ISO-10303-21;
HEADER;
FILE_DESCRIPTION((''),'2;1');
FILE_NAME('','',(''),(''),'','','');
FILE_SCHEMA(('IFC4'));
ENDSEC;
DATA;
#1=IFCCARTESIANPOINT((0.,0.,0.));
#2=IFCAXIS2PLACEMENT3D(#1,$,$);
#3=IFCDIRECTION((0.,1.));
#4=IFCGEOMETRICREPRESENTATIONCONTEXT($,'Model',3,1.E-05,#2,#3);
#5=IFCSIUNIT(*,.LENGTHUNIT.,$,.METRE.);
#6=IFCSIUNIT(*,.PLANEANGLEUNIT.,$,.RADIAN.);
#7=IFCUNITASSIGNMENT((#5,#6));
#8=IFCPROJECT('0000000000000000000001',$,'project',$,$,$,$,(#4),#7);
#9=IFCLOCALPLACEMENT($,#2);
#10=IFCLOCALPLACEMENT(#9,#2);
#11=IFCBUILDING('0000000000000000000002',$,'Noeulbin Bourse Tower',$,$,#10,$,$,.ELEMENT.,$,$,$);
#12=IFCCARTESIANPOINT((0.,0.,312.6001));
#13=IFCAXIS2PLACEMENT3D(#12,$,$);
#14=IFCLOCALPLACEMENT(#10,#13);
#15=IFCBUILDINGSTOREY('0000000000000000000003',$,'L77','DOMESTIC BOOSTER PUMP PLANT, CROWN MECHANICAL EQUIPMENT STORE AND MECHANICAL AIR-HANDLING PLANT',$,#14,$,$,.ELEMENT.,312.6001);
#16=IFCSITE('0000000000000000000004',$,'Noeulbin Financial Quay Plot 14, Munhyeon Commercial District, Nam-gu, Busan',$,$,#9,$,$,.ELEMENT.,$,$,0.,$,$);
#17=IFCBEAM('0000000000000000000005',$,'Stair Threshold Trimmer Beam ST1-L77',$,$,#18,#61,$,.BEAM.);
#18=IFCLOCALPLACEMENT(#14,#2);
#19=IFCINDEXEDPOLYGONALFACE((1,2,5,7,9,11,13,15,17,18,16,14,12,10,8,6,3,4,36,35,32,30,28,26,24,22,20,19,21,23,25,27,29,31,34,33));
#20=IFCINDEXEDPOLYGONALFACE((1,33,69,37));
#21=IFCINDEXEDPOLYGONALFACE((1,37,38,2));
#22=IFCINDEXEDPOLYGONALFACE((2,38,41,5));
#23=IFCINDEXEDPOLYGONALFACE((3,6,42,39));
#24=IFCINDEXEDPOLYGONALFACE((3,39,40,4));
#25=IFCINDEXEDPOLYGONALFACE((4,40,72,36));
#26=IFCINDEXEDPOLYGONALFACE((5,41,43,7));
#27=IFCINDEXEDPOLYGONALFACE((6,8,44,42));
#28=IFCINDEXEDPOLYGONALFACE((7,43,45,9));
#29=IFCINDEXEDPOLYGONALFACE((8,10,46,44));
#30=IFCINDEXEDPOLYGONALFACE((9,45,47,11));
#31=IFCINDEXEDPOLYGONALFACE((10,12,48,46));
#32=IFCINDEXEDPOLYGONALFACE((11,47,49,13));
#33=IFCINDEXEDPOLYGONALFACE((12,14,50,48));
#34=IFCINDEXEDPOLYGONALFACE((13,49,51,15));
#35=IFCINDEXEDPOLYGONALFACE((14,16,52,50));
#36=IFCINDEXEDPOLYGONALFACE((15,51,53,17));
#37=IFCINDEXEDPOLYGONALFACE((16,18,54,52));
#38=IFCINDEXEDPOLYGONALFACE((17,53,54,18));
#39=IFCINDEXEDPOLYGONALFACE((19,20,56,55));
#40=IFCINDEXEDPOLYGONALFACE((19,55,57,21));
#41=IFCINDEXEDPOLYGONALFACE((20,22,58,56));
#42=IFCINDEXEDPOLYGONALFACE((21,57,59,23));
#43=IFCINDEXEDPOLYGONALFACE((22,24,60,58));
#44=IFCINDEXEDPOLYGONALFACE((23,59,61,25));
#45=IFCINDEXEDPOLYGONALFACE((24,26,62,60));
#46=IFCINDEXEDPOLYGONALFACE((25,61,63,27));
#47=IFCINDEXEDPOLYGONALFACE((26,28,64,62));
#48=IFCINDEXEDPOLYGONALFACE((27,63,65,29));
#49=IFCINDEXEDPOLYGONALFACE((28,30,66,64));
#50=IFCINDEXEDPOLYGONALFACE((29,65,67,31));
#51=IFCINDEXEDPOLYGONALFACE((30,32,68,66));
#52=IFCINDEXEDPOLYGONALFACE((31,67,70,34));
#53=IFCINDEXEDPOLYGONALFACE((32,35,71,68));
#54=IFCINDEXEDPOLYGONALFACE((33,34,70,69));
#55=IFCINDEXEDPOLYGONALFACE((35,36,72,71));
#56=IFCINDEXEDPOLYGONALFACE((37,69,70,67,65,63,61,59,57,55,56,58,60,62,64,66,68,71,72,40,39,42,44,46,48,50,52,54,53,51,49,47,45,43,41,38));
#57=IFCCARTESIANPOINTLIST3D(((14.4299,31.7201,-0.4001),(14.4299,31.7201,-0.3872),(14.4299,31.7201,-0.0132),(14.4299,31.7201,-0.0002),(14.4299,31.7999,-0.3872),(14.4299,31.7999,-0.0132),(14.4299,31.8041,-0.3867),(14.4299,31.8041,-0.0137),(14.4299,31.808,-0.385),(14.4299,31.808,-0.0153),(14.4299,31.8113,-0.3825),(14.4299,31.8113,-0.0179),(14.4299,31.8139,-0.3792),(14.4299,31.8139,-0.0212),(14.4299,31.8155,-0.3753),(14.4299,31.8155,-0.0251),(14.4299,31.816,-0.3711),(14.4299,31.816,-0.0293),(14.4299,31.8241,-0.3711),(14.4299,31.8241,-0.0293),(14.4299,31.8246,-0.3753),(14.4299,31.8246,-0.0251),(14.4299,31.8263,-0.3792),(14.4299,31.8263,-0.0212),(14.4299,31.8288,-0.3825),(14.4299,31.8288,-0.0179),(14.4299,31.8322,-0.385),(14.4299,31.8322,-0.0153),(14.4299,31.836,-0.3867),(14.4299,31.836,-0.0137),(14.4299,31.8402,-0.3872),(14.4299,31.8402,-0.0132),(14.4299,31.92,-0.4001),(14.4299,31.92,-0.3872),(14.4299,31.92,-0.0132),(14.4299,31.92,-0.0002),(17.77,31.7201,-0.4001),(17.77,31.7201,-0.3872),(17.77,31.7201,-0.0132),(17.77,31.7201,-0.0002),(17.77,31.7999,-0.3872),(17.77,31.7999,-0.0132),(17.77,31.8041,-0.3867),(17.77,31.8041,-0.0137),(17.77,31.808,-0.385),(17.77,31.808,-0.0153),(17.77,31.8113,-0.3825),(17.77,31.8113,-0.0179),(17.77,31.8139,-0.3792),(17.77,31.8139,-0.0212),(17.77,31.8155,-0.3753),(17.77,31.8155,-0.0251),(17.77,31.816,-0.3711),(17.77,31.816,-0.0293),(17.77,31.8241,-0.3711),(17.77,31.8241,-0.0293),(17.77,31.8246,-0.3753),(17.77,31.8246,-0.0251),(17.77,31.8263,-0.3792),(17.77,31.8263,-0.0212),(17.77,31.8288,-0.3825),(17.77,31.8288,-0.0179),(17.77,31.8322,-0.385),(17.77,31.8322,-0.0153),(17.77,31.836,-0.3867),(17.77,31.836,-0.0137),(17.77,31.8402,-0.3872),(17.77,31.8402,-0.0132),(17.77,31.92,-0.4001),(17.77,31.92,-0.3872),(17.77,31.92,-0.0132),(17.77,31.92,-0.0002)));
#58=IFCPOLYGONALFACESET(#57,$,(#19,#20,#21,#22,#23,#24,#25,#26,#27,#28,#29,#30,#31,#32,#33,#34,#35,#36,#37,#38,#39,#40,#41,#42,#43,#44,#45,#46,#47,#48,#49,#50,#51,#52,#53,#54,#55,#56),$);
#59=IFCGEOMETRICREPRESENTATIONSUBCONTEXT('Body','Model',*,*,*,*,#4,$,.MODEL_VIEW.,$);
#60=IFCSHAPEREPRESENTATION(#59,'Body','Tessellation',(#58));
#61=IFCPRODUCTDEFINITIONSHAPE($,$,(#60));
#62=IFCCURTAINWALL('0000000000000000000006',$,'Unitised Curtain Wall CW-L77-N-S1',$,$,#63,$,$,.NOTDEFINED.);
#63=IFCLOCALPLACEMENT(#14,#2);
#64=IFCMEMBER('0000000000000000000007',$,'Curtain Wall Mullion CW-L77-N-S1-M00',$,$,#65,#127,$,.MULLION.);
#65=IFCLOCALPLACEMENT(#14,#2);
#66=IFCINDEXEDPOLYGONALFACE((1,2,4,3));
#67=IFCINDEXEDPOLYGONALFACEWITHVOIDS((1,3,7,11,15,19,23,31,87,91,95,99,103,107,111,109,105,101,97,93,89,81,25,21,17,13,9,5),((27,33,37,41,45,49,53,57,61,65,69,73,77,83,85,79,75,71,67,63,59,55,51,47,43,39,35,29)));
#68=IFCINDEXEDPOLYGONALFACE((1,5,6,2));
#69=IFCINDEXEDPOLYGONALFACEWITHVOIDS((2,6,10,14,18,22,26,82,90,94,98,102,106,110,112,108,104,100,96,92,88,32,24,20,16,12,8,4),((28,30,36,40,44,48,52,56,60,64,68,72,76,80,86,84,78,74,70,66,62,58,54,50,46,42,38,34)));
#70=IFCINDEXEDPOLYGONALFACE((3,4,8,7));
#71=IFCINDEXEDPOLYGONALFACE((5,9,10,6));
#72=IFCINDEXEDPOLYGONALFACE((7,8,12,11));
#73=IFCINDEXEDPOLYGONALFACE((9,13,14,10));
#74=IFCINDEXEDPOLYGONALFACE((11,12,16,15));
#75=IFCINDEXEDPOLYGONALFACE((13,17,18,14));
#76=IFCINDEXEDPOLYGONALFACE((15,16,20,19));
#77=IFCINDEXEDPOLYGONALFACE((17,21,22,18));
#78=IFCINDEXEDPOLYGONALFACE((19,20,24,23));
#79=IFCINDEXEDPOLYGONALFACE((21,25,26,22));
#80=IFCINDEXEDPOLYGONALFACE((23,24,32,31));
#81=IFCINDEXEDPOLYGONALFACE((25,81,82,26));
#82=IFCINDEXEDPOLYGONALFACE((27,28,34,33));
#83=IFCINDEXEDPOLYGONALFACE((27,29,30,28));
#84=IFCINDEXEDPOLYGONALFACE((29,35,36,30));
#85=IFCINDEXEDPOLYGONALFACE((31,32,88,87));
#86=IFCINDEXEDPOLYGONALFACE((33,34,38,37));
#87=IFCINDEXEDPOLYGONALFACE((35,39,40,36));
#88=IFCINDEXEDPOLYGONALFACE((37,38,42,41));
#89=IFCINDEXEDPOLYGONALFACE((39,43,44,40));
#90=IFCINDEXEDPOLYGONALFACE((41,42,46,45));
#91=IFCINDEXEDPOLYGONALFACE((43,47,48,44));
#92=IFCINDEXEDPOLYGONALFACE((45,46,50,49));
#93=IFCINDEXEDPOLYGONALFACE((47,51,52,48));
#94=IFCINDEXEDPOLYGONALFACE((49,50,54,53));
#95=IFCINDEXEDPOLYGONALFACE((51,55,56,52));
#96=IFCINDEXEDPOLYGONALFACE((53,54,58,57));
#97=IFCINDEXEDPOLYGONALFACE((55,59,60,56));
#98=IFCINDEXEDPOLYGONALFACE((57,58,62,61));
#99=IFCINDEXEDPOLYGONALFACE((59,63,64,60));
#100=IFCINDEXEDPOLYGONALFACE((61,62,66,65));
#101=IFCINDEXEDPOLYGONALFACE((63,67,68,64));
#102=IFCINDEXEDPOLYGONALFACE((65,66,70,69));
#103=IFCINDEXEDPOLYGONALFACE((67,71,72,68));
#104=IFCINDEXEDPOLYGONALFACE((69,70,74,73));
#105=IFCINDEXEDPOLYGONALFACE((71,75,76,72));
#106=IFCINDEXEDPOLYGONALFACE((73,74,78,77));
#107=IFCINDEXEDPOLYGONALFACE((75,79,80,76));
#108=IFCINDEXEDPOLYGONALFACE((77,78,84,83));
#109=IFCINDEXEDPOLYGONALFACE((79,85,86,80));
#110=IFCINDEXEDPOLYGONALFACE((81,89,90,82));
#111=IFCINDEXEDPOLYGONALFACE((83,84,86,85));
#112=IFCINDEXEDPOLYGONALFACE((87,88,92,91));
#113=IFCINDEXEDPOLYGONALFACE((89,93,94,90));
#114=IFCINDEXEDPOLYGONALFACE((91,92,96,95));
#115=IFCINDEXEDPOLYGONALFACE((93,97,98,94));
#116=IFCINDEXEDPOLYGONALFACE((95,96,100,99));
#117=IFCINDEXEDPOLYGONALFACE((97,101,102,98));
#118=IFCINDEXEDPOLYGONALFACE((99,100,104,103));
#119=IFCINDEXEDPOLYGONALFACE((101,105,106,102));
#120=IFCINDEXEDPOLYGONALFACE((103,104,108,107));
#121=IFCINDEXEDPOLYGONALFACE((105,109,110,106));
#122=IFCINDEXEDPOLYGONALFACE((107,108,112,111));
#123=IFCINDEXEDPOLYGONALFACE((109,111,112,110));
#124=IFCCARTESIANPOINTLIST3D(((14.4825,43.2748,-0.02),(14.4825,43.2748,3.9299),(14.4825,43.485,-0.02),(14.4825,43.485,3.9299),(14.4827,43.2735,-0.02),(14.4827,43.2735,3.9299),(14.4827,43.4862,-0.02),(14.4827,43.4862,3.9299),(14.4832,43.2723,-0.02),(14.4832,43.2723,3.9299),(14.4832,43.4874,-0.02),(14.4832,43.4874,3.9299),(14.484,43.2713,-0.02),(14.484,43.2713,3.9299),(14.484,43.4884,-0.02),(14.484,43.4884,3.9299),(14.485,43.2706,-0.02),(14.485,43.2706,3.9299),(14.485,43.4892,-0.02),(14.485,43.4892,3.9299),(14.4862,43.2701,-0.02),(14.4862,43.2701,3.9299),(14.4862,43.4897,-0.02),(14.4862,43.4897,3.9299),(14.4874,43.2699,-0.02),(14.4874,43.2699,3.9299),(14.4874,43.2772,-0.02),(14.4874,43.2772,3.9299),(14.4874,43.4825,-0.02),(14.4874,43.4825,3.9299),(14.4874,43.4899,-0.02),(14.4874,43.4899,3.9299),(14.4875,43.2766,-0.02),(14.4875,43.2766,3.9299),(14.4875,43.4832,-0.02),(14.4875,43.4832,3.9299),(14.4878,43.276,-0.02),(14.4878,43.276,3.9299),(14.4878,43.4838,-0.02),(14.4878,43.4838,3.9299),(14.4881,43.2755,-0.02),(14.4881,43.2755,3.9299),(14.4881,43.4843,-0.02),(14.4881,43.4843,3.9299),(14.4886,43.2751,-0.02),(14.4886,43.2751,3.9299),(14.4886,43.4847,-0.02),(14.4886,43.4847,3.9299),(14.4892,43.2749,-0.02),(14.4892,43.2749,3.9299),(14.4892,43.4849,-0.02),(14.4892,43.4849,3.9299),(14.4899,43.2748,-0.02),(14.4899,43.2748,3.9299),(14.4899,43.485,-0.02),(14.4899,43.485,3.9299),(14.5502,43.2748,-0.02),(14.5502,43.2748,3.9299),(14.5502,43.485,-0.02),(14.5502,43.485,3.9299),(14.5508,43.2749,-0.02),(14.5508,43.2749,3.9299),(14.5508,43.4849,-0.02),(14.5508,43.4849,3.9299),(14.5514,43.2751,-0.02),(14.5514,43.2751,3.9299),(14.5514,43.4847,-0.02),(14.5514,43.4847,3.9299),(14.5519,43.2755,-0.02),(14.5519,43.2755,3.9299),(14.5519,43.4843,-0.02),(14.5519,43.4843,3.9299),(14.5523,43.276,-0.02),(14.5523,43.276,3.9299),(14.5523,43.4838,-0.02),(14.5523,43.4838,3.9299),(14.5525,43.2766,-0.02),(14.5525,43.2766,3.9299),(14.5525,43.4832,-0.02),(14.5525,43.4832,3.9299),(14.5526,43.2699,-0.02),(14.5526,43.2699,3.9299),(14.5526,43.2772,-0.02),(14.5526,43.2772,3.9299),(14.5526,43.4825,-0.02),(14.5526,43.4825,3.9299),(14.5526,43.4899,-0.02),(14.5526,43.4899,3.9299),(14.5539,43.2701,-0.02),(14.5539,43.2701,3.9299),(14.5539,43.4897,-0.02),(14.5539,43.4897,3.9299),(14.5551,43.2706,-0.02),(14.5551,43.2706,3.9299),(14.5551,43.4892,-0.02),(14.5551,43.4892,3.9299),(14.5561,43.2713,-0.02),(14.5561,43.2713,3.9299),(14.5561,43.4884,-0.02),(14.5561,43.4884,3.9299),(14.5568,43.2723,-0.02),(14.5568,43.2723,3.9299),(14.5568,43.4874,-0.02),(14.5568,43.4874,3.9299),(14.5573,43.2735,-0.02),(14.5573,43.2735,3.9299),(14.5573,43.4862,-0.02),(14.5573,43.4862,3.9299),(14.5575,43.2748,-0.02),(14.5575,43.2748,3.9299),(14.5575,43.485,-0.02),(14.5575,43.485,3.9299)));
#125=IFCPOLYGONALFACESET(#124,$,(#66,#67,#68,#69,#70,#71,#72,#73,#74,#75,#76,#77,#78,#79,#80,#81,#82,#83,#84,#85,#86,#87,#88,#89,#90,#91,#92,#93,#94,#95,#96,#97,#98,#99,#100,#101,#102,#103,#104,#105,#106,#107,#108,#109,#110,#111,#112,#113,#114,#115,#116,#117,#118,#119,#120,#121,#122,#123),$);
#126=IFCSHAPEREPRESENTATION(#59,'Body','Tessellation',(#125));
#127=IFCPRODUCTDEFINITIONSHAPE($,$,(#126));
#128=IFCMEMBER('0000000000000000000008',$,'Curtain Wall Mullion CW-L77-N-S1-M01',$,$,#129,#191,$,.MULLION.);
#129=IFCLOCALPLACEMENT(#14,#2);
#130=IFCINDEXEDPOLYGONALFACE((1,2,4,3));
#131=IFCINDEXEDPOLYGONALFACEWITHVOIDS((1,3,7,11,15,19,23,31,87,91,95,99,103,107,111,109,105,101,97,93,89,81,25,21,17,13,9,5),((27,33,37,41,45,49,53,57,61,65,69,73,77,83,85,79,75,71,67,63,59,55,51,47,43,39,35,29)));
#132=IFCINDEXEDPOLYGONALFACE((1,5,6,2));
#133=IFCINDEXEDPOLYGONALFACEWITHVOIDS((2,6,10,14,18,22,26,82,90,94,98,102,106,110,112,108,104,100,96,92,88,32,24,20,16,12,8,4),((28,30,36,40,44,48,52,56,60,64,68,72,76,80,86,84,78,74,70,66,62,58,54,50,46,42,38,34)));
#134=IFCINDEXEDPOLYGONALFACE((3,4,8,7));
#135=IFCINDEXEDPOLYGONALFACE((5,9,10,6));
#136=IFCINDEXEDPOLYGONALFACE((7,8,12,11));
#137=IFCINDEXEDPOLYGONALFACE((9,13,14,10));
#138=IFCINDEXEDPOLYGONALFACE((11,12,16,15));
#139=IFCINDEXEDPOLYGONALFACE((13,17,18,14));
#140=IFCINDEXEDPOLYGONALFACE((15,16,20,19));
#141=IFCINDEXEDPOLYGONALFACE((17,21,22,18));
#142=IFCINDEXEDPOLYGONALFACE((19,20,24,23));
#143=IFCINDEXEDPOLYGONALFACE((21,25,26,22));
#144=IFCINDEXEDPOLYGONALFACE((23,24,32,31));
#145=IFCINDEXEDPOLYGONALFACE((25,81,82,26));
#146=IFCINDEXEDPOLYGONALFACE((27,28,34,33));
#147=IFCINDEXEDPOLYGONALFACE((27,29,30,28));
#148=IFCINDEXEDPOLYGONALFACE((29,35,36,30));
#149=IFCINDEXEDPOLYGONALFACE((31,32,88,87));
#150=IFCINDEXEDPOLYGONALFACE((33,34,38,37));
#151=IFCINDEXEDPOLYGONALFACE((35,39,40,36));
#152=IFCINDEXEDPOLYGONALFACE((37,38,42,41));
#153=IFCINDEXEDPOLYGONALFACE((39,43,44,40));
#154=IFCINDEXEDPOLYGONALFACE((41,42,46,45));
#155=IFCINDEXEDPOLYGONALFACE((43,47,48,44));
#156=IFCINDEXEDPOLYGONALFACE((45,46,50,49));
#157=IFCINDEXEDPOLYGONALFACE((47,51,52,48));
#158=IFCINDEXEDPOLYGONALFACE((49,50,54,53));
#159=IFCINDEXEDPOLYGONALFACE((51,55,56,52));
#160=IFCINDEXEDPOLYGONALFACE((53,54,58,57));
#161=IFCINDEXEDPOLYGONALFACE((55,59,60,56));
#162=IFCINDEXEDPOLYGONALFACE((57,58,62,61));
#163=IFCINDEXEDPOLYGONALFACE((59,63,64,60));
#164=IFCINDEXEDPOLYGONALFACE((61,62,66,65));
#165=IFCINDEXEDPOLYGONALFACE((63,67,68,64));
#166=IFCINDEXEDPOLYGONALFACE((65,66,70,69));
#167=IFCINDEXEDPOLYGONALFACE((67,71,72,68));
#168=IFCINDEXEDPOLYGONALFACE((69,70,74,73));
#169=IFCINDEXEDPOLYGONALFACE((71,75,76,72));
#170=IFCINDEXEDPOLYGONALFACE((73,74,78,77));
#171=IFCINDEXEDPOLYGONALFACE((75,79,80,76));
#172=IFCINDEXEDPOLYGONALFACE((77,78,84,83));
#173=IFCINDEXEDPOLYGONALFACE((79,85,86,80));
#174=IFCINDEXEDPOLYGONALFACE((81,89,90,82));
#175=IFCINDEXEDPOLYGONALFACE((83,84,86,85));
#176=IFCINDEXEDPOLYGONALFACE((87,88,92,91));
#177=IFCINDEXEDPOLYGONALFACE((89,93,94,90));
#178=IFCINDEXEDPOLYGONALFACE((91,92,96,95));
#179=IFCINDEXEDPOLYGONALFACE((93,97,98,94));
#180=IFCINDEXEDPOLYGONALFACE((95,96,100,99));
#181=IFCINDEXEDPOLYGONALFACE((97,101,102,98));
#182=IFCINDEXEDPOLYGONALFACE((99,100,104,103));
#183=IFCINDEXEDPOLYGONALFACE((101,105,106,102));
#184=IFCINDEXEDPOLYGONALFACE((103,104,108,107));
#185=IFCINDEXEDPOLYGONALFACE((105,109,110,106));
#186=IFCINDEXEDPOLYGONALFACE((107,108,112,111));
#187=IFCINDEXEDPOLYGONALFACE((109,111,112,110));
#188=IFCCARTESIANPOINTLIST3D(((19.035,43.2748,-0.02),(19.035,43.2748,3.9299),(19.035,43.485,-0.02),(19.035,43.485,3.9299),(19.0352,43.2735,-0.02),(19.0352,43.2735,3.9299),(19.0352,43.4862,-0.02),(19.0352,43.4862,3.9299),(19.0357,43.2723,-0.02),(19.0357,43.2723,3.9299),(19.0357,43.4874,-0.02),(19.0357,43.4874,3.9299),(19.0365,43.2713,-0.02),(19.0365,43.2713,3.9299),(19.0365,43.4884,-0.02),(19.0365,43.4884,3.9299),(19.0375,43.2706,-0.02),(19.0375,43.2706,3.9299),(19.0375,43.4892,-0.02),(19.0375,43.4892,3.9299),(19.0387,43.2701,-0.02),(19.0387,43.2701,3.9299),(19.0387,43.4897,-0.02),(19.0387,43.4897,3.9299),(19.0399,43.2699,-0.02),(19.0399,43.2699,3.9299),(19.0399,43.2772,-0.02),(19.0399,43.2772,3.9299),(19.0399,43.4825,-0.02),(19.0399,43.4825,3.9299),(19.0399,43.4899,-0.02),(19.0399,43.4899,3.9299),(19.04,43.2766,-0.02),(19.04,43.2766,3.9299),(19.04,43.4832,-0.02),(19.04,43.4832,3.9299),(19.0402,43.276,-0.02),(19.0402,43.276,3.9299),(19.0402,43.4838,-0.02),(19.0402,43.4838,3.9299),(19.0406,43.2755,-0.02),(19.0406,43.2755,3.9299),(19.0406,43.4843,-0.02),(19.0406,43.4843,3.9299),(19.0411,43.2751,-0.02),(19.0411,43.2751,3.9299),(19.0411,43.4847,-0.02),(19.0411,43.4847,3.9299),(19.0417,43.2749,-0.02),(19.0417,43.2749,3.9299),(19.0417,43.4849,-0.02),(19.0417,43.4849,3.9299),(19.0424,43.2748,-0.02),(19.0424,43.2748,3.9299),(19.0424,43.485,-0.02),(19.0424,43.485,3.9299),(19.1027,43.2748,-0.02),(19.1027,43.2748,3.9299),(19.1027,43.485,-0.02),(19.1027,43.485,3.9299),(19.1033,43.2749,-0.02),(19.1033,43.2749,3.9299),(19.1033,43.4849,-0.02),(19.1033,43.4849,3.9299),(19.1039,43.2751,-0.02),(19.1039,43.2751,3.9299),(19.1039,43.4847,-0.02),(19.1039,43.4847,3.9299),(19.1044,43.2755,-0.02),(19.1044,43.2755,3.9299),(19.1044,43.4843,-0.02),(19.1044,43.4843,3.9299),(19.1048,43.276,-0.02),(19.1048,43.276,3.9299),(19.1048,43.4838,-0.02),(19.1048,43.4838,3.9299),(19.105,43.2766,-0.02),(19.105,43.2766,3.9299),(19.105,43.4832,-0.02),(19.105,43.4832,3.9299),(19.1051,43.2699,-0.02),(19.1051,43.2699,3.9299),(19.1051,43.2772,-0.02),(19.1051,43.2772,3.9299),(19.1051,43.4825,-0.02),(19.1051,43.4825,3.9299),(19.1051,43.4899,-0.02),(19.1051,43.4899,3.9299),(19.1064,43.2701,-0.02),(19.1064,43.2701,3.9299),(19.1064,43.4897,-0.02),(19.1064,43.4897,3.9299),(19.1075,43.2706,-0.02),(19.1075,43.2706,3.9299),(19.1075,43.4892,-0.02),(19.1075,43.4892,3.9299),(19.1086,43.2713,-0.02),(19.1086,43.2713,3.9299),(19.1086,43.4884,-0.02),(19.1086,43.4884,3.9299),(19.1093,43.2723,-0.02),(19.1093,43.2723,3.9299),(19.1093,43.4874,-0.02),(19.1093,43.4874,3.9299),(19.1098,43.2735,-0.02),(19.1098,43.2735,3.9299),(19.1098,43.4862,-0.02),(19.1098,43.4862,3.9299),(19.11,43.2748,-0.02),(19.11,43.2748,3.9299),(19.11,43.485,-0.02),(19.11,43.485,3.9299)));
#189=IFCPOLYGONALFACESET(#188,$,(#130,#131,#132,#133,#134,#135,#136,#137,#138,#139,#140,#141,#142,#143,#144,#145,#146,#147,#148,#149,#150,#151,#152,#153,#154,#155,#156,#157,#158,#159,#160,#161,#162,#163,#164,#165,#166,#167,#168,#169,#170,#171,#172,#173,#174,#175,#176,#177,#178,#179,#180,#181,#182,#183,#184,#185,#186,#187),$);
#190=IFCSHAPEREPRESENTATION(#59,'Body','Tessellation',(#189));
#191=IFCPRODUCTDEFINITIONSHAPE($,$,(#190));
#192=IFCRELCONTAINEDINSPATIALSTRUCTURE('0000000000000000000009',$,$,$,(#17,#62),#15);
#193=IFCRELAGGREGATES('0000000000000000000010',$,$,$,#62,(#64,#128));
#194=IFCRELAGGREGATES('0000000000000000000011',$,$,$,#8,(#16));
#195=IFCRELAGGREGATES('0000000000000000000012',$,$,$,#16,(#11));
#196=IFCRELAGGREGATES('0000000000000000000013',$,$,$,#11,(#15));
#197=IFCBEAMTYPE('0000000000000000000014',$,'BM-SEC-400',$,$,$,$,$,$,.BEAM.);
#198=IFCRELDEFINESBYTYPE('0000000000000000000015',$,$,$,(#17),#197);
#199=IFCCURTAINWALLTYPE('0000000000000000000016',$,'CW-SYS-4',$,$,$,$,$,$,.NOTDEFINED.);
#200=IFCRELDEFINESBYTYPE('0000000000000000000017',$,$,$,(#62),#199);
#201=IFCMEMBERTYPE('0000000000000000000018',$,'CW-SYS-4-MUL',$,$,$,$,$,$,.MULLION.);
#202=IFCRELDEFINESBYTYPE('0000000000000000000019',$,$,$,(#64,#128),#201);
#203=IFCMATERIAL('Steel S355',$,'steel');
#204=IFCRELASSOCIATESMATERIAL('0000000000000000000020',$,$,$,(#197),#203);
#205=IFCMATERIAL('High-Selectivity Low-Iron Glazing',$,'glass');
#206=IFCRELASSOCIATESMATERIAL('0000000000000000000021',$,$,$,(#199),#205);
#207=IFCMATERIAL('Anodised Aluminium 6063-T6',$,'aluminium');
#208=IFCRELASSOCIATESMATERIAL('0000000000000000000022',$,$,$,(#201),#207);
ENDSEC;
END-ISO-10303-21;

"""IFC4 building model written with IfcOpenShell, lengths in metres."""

from ifc_helpers import new_model, si_unit, direction, frame, origin, origin_2d, place, context, subcontext, project, spatial, hollow_rectangle, i_section, extrude, material, material_profile, profile_set, type_object, element, aggregate, save


model = new_model("IFC4")

# Units and contexts
model_context = context("Model", 3, precision=1e-05, world=origin(), true_north=direction((0.0, 1.0)))
body_context = subcontext(model_context, "Body", "Model", "MODEL_VIEW")
ifc_project = project(units=[si_unit("LENGTHUNIT", "METRE"), si_unit("PLANEANGLEUNIT", "RADIAN")], contexts=[model_context])

# Site, building, storey
site_placement = place(None, origin())
site = spatial("IfcSite", under=ifc_project, at=site_placement, Name="Noeulbin Financial Quay Plot 14, Munhyeon Commercial District, Nam-gu, Busan", CompositionType="ELEMENT", RefElevation=0.0)
building_placement = place(site_placement, origin())
building = spatial("IfcBuilding", under=site, at=building_placement, Name="Noeulbin Bourse Tower", CompositionType="ELEMENT")
storey_placement = place(building_placement, frame((0.0, 0.0, 312.6001)))
storey = spatial("IfcBuildingStorey", under=building, at=storey_placement, Name="L77", Description="DOMESTIC BOOSTER PUMP PLANT, CROWN MECHANICAL EQUIPMENT STORE AND MECHANICAL AIR-HANDLING PLANT", CompositionType="ELEMENT", Elevation=312.6001)

# Shared definitions
ifc_material_1 = material(Name="Steel S355", Category="steel")

# Beam
ifc_material_profile_1 = material_profile(ifc_material_1, i_section(OverallWidth=0.2, OverallDepth=0.3999, WebThickness=0.0081, FlangeThickness=0.0129, FilletRadius=0.0161, at=origin_2d()), Name="H-400x200x8x13", Category="LoadBearing")
ifc_profile_set_1 = profile_set([ifc_material_profile_1], Name="Steel S355")
beam_type = type_object("IfcBeamType", Name="BM-SEC-400", PredefinedType="BEAM", material=ifc_profile_set_1)
beam_placement = place(storey_placement, frame((14.4299, 31.8201, -0.2002), z_axis=(1.0, 0.0, 0.0), x_axis=(0.0, 1.0, 0.0)))
element("IfcBeam", 1, at=beam_placement, inside=storey, type_object=beam_type, Name="Stair Threshold Trimmer Beam ST1-L77", PredefinedType="BEAM", context=body_context, shape_type="SweptSolid", body=[
    extrude(i_section(OverallWidth=0.2, OverallDepth=0.3999, WebThickness=0.0081, FlangeThickness=0.0129, FilletRadius=0.0161, at=origin_2d()), origin(), (0.0, 0.0, 1.0), 3.3401),
])

# Curtain wall, members
ifc_material_2 = material(Name="High-Selectivity Low-Iron Glazing", Category="glass")
curtain_wall_type = type_object("IfcCurtainWallType", Name="CW-SYS-4", PredefinedType="NOTDEFINED", material=ifc_material_2)
curtain_wall_1_placement = place(storey_placement, origin())
curtain_wall_1 = element("IfcCurtainWall", 2, at=curtain_wall_1_placement, inside=storey, type_object=curtain_wall_type, Name="Unitised Curtain Wall CW-L77-N-S1", PredefinedType="NOTDEFINED")
ifc_material_3 = material(Name="Anodised Aluminium 6063-T6", Category="aluminium")
ifc_material_profile_2 = material_profile(ifc_material_3, hollow_rectangle(XDim=0.075, YDim=0.22, WallThickness=0.0049, InnerFilletRadius=0.0024, OuterFilletRadius=0.0049, at=origin_2d()), Name="ALU-MULL-75x220x5", Category="LoadBearing")
ifc_profile_set_2 = profile_set([ifc_material_profile_2], Name="Anodised Aluminium 6063-T6")
member_type_1 = type_object("IfcMemberType", Name="CW-SYS-4-MUL", PredefinedType="MULLION", material=ifc_profile_set_2)
member_1_placement = place(storey_placement, frame((14.52, 43.3799, -0.02), z_axis=(0.0, 0.0, 1.0), x_axis=(1.0, 0.0, 0.0)))
member_1 = element("IfcMember", 3, at=member_1_placement, type_object=member_type_1, Name="Curtain Wall Mullion CW-L77-N-S1-M00", PredefinedType="MULLION", context=body_context, shape_type="SweptSolid", body=[
    extrude(hollow_rectangle(XDim=0.075, YDim=0.22, WallThickness=0.0049, InnerFilletRadius=0.0024, OuterFilletRadius=0.0049, at=origin_2d()), origin(), (0.0, 0.0, 1.0), 3.95),
])
member_2_placement = place(storey_placement, frame((19.0725, 43.3799, -0.02), z_axis=(0.0, 0.0, 1.0), x_axis=(1.0, 0.0, 0.0)))
member_2 = element("IfcMember", 4, at=member_2_placement, type_object=member_type_1, Name="Curtain Wall Mullion CW-L77-N-S1-M01", PredefinedType="MULLION", context=body_context, shape_type="SweptSolid", body=[
    extrude(hollow_rectangle(XDim=0.075, YDim=0.22, WallThickness=0.0049, InnerFilletRadius=0.0024, OuterFilletRadius=0.0049, at=origin_2d()), origin(), (0.0, 0.0, 1.0), 3.95),
])

aggregate(curtain_wall_1, [member_1, member_2])

save(model, "model.ifc")
